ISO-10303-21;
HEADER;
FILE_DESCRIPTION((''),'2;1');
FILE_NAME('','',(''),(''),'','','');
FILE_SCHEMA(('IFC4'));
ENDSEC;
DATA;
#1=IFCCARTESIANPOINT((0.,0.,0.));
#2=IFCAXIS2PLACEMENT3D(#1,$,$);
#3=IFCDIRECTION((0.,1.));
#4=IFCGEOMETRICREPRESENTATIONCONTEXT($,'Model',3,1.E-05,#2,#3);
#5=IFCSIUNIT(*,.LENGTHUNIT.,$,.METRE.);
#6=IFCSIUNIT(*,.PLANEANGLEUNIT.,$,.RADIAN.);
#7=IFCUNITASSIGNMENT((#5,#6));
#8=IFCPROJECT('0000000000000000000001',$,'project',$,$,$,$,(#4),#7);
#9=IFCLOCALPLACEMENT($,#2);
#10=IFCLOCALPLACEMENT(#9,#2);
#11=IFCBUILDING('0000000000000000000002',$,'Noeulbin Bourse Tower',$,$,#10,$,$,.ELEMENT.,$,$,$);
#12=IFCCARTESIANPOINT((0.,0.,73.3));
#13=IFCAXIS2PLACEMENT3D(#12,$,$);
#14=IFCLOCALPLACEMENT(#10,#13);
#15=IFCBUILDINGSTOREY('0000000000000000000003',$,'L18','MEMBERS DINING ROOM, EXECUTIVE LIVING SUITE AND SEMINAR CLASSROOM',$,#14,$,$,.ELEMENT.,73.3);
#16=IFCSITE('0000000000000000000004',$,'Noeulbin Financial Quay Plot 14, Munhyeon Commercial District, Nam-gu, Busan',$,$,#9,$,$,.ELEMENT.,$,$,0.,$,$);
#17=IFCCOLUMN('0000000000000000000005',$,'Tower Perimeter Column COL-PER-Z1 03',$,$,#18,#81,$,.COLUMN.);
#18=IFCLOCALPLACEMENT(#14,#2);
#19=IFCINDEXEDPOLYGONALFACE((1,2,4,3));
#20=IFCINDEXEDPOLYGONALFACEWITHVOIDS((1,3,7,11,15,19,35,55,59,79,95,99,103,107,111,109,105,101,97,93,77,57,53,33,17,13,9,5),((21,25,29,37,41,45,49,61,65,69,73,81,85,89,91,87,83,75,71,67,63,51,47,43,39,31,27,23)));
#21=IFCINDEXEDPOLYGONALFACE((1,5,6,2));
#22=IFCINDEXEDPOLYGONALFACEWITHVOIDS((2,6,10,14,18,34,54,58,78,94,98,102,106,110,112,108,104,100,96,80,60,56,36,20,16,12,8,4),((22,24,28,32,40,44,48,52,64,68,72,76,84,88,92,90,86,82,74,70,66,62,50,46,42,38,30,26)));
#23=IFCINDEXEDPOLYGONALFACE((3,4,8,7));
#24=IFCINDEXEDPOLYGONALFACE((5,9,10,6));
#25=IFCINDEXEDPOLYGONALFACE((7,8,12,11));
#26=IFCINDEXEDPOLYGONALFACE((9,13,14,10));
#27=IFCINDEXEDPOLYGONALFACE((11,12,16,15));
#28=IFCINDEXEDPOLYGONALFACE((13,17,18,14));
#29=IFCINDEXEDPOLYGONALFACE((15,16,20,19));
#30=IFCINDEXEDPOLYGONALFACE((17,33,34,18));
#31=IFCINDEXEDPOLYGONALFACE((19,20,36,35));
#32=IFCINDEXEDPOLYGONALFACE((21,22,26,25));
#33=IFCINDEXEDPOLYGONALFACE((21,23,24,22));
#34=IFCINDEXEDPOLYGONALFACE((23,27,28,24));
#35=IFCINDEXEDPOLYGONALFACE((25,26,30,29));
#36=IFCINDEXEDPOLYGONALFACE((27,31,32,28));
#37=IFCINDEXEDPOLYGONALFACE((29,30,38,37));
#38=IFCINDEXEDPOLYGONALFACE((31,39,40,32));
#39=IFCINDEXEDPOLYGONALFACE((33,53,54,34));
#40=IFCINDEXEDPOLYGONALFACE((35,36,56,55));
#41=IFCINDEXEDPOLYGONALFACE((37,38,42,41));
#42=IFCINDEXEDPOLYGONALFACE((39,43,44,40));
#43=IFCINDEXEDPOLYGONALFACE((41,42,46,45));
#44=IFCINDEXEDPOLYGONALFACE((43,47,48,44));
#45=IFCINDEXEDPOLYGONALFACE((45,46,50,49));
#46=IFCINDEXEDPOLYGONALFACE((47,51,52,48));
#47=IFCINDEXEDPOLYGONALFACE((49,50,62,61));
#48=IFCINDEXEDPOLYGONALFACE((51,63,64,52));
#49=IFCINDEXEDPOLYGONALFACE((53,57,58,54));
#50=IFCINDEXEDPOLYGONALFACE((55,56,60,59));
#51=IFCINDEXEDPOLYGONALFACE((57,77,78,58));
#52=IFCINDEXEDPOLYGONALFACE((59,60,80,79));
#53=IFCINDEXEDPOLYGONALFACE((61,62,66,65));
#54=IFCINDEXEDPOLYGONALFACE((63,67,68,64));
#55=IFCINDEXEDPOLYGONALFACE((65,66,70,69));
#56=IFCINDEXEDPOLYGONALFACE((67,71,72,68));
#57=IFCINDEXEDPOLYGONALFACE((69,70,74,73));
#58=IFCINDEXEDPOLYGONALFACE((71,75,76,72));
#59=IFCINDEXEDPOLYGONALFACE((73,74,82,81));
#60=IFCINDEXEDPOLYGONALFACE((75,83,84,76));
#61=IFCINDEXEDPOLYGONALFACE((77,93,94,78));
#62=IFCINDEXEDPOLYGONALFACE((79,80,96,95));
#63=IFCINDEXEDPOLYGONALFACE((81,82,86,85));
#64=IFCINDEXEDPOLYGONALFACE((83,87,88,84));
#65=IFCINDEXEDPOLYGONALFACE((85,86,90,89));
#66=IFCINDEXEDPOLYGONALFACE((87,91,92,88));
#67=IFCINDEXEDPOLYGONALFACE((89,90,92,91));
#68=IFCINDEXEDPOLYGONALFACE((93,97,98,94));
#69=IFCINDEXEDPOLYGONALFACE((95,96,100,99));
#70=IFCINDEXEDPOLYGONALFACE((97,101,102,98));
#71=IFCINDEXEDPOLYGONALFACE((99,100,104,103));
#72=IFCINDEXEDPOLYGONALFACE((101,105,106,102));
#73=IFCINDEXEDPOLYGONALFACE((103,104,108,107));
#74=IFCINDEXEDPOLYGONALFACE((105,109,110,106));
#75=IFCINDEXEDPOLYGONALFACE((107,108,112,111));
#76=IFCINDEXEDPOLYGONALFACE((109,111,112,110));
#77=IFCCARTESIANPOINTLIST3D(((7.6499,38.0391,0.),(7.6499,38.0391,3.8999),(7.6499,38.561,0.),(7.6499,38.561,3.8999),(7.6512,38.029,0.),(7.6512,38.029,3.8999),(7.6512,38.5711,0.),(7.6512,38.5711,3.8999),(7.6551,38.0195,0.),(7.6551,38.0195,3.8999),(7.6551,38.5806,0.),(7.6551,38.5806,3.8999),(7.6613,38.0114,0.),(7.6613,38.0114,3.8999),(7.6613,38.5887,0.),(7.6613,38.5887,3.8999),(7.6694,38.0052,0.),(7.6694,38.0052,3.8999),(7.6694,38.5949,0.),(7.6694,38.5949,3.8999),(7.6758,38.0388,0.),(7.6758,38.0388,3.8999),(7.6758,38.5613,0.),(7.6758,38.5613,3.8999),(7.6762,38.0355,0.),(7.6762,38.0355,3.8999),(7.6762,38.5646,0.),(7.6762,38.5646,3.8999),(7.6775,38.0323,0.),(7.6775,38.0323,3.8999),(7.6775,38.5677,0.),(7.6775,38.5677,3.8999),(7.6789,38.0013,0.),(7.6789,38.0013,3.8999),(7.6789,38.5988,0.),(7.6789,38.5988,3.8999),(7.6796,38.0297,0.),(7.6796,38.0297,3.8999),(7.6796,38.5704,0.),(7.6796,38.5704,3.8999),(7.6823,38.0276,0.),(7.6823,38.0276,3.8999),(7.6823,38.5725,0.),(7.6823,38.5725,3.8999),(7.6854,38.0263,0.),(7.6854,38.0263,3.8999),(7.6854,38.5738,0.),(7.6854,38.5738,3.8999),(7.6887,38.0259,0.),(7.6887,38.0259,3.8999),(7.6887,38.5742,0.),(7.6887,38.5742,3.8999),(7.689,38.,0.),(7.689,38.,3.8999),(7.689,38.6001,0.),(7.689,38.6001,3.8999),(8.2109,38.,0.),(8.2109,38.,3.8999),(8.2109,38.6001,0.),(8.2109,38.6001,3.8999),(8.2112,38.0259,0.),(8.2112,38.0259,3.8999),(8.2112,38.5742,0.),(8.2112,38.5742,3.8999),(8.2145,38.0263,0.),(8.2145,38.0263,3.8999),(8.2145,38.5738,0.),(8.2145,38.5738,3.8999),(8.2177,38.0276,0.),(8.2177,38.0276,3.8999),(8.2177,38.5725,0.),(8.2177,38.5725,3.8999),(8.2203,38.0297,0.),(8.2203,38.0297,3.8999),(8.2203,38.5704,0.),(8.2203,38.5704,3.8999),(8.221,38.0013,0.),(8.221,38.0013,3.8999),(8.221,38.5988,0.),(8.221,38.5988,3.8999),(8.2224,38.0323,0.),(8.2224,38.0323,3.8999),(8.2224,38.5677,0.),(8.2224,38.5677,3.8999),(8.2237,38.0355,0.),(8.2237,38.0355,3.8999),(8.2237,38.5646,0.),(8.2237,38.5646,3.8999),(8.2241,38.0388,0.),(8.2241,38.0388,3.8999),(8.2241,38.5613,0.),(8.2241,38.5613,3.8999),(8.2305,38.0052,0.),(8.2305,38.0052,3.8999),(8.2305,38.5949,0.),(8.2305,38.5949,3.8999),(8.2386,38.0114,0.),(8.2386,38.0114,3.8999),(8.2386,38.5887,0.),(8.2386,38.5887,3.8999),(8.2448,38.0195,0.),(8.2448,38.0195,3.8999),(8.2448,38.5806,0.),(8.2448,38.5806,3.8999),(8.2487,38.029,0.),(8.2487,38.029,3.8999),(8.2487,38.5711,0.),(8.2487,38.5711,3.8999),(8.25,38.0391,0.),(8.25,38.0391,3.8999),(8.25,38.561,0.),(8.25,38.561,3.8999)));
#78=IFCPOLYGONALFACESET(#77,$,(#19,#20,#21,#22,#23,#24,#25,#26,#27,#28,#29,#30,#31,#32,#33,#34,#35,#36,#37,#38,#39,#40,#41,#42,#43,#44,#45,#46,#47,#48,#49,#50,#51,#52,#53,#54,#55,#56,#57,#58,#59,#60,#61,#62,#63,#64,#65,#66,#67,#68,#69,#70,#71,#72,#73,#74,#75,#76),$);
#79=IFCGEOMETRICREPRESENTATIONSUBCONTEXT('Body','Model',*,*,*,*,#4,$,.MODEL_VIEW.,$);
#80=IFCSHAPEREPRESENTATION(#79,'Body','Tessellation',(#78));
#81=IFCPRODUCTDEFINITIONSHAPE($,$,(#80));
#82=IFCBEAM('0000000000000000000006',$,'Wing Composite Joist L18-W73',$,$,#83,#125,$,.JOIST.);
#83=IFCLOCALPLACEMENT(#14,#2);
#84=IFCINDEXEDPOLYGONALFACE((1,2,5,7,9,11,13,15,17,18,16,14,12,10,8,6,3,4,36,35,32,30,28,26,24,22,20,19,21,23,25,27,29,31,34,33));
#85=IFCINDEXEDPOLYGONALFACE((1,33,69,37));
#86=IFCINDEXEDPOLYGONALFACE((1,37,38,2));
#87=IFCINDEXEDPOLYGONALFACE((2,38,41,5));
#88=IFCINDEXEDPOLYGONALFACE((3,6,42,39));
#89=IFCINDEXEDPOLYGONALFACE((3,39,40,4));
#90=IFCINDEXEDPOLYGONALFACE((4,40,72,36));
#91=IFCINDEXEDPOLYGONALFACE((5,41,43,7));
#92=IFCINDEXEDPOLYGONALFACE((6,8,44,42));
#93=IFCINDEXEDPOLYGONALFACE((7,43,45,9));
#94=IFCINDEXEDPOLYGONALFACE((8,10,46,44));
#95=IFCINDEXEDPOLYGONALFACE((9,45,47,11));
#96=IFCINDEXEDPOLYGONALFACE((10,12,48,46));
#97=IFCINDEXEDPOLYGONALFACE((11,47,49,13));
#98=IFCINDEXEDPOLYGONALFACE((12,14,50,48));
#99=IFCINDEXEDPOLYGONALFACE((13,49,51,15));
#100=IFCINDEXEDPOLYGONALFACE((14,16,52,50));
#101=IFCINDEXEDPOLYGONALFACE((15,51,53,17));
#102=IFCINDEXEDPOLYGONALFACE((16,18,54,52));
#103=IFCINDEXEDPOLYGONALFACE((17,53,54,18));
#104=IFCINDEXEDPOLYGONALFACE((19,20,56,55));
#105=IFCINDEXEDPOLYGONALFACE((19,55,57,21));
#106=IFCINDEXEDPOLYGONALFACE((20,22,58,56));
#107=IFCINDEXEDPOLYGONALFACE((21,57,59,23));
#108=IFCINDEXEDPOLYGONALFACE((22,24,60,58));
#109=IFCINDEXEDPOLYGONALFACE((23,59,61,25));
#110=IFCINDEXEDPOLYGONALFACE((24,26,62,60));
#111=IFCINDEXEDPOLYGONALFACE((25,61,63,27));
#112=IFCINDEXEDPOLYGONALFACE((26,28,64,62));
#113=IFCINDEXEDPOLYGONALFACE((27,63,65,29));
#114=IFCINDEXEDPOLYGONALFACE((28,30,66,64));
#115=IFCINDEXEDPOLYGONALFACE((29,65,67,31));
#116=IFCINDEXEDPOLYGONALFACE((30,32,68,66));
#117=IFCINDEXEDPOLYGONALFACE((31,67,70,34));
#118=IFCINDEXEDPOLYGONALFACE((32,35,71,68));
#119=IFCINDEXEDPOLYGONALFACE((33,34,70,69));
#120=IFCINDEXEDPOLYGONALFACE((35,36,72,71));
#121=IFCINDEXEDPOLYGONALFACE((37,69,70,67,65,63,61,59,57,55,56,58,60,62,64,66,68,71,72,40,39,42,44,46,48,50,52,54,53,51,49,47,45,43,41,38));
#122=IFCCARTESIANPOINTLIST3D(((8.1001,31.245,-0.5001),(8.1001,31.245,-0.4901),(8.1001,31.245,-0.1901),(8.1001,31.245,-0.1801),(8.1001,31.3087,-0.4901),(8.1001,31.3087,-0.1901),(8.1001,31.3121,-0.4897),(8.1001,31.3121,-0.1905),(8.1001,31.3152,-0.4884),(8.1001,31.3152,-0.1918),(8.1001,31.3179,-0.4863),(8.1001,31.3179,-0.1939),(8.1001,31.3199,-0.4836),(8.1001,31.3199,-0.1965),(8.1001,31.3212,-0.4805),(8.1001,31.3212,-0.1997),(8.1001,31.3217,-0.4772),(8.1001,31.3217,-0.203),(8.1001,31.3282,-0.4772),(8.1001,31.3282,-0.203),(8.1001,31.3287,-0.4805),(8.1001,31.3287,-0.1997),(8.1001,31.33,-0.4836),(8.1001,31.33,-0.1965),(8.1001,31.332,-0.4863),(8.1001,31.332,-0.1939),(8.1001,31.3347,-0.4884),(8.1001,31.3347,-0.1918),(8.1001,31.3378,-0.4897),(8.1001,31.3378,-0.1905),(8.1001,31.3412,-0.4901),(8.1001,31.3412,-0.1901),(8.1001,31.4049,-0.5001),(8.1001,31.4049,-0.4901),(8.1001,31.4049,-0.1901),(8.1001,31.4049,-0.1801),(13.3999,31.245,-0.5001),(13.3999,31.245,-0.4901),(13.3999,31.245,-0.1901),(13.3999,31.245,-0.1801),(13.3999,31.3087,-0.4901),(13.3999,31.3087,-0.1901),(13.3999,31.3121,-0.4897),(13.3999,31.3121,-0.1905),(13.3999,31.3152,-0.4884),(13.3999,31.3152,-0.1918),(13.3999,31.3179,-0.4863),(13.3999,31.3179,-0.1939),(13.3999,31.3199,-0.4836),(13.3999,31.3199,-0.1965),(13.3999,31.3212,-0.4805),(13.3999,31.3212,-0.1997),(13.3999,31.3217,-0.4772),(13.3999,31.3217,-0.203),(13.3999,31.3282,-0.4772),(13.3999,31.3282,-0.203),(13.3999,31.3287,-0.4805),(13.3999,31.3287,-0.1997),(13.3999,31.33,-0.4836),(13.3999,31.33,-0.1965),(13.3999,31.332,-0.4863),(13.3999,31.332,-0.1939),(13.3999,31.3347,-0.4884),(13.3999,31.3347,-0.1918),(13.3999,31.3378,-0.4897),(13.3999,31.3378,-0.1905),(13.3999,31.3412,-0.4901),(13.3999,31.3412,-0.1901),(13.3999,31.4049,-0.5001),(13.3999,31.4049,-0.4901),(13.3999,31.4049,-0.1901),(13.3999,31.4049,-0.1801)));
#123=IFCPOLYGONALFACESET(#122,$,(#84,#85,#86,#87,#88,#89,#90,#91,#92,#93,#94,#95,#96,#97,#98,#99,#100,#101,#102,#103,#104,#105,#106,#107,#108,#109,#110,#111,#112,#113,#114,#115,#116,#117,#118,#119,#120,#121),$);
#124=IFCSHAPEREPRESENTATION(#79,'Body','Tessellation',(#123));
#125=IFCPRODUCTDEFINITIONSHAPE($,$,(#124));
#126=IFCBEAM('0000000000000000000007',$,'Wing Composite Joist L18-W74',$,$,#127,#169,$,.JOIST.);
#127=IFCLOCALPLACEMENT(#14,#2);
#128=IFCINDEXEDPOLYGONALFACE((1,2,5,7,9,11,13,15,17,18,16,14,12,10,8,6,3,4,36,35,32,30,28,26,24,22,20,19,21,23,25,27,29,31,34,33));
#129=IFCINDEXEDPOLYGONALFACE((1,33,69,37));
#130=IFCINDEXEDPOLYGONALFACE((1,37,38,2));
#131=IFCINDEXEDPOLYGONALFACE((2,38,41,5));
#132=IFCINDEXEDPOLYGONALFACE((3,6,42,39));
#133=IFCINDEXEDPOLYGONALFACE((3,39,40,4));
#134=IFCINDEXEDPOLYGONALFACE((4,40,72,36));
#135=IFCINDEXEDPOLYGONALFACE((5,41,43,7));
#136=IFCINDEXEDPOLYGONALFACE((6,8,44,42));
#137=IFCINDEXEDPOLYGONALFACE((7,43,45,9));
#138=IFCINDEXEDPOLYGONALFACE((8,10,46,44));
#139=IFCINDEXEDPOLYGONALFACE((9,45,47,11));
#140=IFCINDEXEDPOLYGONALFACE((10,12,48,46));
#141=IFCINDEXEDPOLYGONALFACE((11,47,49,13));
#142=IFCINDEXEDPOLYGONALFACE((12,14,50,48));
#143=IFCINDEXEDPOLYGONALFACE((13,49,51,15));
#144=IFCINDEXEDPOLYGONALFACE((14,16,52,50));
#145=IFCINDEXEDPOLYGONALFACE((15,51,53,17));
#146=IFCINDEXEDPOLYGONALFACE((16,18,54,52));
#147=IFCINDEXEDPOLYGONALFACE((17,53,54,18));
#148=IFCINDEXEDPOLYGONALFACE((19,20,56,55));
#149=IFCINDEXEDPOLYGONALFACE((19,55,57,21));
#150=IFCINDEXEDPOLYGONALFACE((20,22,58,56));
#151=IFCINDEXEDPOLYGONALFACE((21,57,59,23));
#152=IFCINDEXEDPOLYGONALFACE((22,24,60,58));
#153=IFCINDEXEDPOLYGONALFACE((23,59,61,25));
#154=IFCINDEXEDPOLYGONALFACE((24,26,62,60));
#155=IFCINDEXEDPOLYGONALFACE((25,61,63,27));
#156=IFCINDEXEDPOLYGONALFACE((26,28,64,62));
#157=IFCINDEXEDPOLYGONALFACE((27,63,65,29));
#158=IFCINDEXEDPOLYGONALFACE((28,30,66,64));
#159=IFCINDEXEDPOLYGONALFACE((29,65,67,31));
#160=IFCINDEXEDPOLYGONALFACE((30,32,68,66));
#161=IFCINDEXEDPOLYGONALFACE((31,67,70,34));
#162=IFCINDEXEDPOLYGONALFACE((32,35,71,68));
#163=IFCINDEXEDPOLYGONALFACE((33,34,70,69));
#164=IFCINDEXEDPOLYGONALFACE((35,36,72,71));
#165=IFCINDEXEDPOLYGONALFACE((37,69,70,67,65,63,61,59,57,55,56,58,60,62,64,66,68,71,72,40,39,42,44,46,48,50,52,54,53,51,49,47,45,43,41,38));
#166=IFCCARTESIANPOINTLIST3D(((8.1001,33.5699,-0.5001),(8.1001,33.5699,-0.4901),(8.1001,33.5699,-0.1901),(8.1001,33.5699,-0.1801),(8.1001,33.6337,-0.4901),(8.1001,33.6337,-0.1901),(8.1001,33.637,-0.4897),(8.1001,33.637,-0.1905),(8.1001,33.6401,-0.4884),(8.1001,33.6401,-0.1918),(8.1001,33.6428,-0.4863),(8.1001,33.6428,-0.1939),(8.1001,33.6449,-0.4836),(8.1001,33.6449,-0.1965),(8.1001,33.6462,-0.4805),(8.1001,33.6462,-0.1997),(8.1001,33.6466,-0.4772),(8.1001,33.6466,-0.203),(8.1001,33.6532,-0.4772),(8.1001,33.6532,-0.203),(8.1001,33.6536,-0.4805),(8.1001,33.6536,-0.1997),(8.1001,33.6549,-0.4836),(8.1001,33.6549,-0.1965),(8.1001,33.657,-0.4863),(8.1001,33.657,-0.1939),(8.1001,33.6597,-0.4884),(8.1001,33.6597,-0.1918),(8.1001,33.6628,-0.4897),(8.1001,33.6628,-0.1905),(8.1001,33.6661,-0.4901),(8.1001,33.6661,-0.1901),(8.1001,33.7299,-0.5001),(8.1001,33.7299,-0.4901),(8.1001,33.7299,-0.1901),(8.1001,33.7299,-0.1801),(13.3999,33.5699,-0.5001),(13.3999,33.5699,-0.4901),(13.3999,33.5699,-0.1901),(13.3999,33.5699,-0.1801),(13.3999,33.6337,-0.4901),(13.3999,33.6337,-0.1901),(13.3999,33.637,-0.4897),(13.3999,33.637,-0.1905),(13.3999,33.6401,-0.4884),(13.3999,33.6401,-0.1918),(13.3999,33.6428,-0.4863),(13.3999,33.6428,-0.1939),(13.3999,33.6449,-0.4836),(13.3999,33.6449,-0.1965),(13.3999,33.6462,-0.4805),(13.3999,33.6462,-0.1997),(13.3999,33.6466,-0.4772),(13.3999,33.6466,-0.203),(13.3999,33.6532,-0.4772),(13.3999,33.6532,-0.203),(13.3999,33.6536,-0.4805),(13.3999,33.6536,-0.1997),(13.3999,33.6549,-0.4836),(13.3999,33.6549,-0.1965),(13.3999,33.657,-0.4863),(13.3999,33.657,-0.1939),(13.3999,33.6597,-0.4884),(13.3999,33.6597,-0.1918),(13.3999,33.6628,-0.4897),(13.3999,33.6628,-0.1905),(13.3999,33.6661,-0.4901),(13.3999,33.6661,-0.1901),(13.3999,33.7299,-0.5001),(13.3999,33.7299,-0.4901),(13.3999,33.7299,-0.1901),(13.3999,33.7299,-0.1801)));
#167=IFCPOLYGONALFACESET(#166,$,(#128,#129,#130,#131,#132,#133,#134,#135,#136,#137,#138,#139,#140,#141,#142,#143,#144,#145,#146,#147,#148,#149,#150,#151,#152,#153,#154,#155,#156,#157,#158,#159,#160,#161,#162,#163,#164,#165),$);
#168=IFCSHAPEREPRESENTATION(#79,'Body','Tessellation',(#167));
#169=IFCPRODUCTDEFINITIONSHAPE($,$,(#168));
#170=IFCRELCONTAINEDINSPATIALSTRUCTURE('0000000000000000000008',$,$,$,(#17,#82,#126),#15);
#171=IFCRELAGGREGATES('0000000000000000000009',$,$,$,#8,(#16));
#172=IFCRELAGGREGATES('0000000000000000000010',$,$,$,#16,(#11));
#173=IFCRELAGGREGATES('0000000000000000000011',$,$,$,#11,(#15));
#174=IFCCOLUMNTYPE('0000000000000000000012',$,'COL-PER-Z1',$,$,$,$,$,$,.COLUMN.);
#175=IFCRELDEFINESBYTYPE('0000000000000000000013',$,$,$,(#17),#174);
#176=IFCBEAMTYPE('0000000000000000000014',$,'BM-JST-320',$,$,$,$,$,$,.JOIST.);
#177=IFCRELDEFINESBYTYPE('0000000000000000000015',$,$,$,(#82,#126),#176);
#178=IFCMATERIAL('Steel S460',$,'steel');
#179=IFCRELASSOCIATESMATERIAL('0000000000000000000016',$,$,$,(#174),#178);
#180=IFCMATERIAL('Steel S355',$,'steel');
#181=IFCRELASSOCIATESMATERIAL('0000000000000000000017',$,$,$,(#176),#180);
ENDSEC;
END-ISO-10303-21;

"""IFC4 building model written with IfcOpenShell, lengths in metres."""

from ifc_helpers import new_model, si_unit, direction, frame, origin, origin_2d, place, context, subcontext, project, spatial, hollow_rectangle, i_section, extrude, material, material_profile, profile_set, type_object, element, save


model = new_model("IFC4")

# Units and contexts
model_context = context("Model", 3, precision=1e-05, world=origin(), true_north=direction((0.0, 1.0)))
body_context = subcontext(model_context, "Body", "Model", "MODEL_VIEW")
ifc_project = project(units=[si_unit("LENGTHUNIT", "METRE"), si_unit("PLANEANGLEUNIT", "RADIAN")], contexts=[model_context])

# Site, building, storey
site_placement = place(None, origin())
site = spatial("IfcSite", under=ifc_project, at=site_placement, Name="Noeulbin Financial Quay Plot 14, Munhyeon Commercial District, Nam-gu, Busan", CompositionType="ELEMENT", RefElevation=0.0)
building_placement = place(site_placement, origin())
building = spatial("IfcBuilding", under=site, at=building_placement, Name="Noeulbin Bourse Tower", CompositionType="ELEMENT")
storey_placement = place(building_placement, frame((0.0, 0.0, 73.3)))
storey = spatial("IfcBuildingStorey", under=building, at=storey_placement, Name="L18", Description="MEMBERS DINING ROOM, EXECUTIVE LIVING SUITE AND SEMINAR CLASSROOM", CompositionType="ELEMENT", Elevation=73.3)

# Column
ifc_material_1 = material(Name="Steel S460", Category="steel")
ifc_material_profile_1 = material_profile(ifc_material_1, hollow_rectangle(XDim=0.6001, YDim=0.6001, WallThickness=0.0259, InnerFilletRadius=0.0129, OuterFilletRadius=0.0391, at=origin_2d()), Name="BOX-600x600x26", Category="LoadBearing")
ifc_profile_set_1 = profile_set([ifc_material_profile_1], Name="Steel S460")
column_type = type_object("IfcColumnType", Name="COL-PER-Z1", PredefinedType="COLUMN", material=ifc_profile_set_1)
column_placement = place(storey_placement, frame((7.95, 38.3, 0.0), z_axis=(0.0, 0.0, 1.0), x_axis=(1.0, 0.0, 0.0)))
element("IfcColumn", 1, at=column_placement, inside=storey, type_object=column_type, Name="Tower Perimeter Column COL-PER-Z1 03", PredefinedType="COLUMN", context=body_context, shape_type="SweptSolid", body=[
    extrude(hollow_rectangle(XDim=0.6001, YDim=0.6001, WallThickness=0.0259, InnerFilletRadius=0.0129, OuterFilletRadius=0.0391, at=origin_2d()), origin(), (0.0, 0.0, 1.0), 3.8999),
])

# Beams
ifc_material_2 = material(Name="Steel S355", Category="steel")
ifc_material_profile_2 = material_profile(ifc_material_2, i_section(OverallWidth=0.1599, OverallDepth=0.3201, WebThickness=0.0066, FlangeThickness=0.01, FilletRadius=0.0129, at=origin_2d()), Name="H-320x160x6.5x10", Category="LoadBearing")
ifc_profile_set_2 = profile_set([ifc_material_profile_2], Name="Steel S355")
beam_type = type_object("IfcBeamType", Name="BM-JST-320", PredefinedType="JOIST", material=ifc_profile_set_2)
for number, where, z_axis, x_axis, name in (
    (2, (8.1001, 31.325, -0.3401), (1.0, 0.0, 0.0), (0.0, 1.0, 0.0), "Wing Composite Joist L18-W73"),
    (3, (8.1001, 33.6499, -0.3401), (1.0, 0.0, 0.0), (0.0, 1.0, 0.0), "Wing Composite Joist L18-W74"),
):
    element("IfcBeam", number, at=place(storey_placement, frame(where, z_axis=z_axis, x_axis=x_axis)), inside=storey, type_object=beam_type, Name=name, PredefinedType="JOIST", context=body_context, shape_type="SweptSolid", body=[
        extrude(i_section(OverallWidth=0.1599, OverallDepth=0.3201, WebThickness=0.0066, FlangeThickness=0.01, FilletRadius=0.0129, at=origin_2d()), origin(), (0.0, 0.0, 1.0), 5.2998),
    ])

save(model, "model.ifc")
